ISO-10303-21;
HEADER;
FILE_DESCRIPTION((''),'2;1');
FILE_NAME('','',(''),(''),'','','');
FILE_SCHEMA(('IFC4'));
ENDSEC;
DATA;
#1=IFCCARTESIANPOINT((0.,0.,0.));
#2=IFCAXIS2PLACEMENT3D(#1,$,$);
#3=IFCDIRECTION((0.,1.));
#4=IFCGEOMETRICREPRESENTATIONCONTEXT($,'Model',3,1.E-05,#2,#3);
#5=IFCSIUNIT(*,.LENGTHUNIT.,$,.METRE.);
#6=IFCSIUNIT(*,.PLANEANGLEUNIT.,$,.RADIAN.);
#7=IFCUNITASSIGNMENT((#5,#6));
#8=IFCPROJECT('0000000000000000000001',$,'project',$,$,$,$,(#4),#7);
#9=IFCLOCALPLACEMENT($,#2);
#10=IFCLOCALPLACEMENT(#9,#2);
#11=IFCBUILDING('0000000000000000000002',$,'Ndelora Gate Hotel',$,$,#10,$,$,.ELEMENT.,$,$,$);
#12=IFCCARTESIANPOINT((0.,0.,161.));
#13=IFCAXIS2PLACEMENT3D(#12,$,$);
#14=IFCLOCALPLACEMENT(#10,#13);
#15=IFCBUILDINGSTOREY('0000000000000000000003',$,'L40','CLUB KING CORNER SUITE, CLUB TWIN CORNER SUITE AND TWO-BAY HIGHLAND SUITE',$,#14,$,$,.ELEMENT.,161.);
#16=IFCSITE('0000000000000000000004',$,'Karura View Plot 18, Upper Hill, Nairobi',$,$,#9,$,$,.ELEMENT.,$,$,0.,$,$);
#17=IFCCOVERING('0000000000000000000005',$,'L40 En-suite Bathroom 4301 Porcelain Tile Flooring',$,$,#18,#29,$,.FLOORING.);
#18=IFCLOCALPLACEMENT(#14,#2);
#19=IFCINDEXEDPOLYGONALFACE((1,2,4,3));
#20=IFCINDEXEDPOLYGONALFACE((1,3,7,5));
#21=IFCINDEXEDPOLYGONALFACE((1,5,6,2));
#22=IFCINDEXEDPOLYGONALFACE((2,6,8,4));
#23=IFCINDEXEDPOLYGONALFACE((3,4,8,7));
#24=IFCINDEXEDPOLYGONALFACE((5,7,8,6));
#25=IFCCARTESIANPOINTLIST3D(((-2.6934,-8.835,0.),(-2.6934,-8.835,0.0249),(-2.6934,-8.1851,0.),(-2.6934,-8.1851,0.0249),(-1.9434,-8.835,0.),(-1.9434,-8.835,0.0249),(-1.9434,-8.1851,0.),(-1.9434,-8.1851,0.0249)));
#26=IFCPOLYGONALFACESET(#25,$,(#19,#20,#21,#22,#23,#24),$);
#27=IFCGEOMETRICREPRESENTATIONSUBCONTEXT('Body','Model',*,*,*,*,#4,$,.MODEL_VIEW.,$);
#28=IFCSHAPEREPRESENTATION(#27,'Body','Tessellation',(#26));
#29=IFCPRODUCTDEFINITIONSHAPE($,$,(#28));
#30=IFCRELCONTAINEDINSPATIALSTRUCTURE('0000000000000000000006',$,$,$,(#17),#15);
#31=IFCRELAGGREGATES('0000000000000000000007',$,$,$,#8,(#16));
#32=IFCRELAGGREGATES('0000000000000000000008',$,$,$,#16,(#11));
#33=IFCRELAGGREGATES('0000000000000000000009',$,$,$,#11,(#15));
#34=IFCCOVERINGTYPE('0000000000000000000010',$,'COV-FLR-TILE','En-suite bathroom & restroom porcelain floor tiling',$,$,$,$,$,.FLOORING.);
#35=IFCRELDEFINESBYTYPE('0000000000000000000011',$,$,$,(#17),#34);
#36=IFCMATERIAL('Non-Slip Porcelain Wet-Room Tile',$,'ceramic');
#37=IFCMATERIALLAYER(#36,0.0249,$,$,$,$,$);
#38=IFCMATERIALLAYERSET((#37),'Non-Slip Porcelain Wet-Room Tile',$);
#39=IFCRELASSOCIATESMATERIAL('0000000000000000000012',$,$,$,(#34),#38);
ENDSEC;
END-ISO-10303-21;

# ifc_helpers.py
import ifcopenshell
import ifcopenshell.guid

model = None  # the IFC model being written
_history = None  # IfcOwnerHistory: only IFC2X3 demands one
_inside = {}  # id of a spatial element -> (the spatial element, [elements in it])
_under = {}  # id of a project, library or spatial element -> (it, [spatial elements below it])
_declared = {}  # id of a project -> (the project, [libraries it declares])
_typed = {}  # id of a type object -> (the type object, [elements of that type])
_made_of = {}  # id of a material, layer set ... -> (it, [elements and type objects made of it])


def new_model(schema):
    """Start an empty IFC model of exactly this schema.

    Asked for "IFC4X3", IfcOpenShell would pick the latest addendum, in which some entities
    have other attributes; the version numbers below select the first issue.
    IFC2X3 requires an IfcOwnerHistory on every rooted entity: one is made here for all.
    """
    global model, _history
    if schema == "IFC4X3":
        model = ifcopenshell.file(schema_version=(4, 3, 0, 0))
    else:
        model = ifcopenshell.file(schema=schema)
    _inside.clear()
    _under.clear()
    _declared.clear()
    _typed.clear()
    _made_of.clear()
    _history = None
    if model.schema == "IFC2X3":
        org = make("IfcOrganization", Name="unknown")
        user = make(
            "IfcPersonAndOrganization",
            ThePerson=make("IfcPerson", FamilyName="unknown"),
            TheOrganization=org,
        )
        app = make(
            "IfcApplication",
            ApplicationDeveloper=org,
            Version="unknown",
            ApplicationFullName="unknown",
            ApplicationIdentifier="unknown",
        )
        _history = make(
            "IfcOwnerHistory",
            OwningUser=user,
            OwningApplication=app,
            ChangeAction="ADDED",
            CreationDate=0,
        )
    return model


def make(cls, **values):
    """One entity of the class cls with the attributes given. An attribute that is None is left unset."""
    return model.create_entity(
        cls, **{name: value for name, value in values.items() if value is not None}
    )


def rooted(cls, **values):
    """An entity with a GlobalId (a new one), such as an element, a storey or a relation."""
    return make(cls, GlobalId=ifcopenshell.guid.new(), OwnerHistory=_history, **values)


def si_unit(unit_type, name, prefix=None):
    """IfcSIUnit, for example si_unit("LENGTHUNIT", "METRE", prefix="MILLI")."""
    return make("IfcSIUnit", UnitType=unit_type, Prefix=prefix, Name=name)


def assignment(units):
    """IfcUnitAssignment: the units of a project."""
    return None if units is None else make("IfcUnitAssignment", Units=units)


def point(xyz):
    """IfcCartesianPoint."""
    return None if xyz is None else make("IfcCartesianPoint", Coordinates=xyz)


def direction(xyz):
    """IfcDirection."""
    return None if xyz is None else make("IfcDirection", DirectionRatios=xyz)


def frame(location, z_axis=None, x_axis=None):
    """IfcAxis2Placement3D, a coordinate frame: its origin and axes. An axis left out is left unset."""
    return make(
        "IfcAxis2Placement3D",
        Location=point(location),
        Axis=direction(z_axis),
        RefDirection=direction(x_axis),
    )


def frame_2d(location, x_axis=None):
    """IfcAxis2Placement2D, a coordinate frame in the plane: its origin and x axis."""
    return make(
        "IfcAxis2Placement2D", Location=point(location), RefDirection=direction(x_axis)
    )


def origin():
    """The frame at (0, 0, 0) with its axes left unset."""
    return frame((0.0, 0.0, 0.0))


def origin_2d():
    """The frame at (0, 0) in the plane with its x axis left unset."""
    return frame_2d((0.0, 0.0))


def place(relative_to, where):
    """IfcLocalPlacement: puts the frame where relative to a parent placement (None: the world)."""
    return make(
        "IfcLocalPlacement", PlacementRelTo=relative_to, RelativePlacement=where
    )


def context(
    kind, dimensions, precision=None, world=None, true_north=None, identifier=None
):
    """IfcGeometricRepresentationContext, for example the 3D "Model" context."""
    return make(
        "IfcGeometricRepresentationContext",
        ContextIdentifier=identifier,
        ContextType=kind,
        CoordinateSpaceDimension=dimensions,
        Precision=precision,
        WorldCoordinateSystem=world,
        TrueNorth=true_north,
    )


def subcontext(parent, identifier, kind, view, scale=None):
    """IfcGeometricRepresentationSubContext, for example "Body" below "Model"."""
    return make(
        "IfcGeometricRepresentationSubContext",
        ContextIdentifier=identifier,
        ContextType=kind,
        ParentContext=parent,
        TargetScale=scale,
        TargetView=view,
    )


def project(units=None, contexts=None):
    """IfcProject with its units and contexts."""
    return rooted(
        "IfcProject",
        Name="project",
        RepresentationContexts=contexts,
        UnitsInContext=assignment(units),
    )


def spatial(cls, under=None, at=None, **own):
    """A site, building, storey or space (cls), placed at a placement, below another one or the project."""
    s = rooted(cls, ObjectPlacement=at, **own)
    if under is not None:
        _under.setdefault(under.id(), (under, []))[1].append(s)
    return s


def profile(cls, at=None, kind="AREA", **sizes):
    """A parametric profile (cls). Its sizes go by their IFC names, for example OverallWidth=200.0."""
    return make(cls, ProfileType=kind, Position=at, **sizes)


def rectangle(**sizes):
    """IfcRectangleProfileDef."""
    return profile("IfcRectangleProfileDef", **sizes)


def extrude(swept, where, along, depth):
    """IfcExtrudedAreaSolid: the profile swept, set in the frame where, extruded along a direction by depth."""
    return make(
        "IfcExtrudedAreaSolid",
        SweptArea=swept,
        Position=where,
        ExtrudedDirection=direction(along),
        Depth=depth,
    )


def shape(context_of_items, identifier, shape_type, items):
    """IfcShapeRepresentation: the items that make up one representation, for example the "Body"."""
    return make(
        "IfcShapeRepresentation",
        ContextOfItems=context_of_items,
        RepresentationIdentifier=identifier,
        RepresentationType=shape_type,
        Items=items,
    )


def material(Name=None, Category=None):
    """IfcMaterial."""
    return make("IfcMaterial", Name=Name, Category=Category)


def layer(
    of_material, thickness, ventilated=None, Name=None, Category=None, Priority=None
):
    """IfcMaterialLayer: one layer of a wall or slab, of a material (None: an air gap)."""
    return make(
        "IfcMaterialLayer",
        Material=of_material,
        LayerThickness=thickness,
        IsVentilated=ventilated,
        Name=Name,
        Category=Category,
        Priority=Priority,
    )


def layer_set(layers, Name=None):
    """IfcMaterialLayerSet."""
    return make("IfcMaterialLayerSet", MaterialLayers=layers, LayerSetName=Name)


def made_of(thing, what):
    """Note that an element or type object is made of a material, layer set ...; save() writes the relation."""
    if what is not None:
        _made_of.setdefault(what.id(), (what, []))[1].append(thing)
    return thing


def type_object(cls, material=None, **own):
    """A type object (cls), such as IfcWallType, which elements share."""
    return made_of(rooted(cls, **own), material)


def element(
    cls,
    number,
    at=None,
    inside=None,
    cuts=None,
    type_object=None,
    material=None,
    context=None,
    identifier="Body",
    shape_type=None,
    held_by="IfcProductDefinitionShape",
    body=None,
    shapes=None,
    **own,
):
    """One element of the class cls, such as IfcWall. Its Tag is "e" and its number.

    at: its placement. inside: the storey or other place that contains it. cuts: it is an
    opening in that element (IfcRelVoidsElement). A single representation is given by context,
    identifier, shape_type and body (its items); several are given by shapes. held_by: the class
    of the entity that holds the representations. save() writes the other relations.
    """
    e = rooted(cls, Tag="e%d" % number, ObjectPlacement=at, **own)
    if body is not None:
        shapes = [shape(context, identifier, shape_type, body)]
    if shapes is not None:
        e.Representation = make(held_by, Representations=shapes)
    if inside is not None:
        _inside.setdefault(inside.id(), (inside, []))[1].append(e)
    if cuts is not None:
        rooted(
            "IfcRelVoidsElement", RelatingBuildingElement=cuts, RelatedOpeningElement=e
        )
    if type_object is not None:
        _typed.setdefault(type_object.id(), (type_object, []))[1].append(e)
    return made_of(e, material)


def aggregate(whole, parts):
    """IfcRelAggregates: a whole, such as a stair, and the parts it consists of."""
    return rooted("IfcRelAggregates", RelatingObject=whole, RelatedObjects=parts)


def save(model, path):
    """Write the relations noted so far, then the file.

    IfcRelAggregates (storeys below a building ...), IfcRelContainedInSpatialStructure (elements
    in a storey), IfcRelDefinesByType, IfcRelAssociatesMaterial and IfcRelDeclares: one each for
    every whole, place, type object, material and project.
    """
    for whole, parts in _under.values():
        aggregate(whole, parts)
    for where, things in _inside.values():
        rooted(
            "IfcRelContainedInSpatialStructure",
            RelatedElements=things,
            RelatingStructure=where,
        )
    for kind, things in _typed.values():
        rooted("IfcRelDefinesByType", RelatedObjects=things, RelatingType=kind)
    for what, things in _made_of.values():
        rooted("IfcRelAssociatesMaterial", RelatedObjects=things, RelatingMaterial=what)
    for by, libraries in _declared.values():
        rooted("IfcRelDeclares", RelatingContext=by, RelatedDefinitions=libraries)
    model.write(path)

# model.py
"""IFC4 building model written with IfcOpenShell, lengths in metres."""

from ifc_helpers import new_model, si_unit, direction, frame, origin, origin_2d, place, context, subcontext, project, spatial, rectangle, extrude, material, layer, layer_set, type_object, element, save


model = new_model("IFC4")

# Units and contexts
model_context = context("Model", 3, precision=1e-05, world=origin(), true_north=direction((0.0, 1.0)))
body_context = subcontext(model_context, "Body", "Model", "MODEL_VIEW")
ifc_project = project(units=[si_unit("LENGTHUNIT", "METRE"), si_unit("PLANEANGLEUNIT", "RADIAN")], contexts=[model_context])

# Site, building, storey
site_placement = place(None, origin())
site = spatial("IfcSite", under=ifc_project, at=site_placement, Name="Karura View Plot 18, Upper Hill, Nairobi", CompositionType="ELEMENT", RefElevation=0.0)
building_placement = place(site_placement, origin())
building = spatial("IfcBuilding", under=site, at=building_placement, Name="Ndelora Gate Hotel", CompositionType="ELEMENT")
storey_placement = place(building_placement, frame((0.0, 0.0, 161.0)))
storey = spatial("IfcBuildingStorey", under=building, at=storey_placement, Name="L40", Description="CLUB KING CORNER SUITE, CLUB TWIN CORNER SUITE AND TWO-BAY HIGHLAND SUITE", CompositionType="ELEMENT", Elevation=161.0)

# Covering
ifc_material_1 = material(Name="Non-Slip Porcelain Wet-Room Tile", Category="ceramic")
ifc_layer_1 = layer(ifc_material_1, 0.0249)
ifc_layer_set_1 = layer_set([ifc_layer_1], Name="Non-Slip Porcelain Wet-Room Tile")
covering_type_1 = type_object("IfcCoveringType", Name="COV-FLR-TILE", Description="En-suite bathroom & restroom porcelain floor tiling", PredefinedType="FLOORING", material=ifc_layer_set_1)
covering_1_placement = place(storey_placement, frame((-2.3184, -8.51, 0.0), z_axis=(0.0, 0.0, 1.0), x_axis=(1.0, 0.0, 0.0)))
element("IfcCovering", 1, at=covering_1_placement, inside=storey, type_object=covering_type_1, Name="L40 En-suite Bathroom 4301 Porcelain Tile Flooring", PredefinedType="FLOORING", context=body_context, shape_type="SweptSolid", body=[
    extrude(rectangle(XDim=0.75, YDim=0.6499, at=origin_2d()), origin(), (0.0, 0.0, 1.0), 0.0249),
])

save(model, "model.ifc")
